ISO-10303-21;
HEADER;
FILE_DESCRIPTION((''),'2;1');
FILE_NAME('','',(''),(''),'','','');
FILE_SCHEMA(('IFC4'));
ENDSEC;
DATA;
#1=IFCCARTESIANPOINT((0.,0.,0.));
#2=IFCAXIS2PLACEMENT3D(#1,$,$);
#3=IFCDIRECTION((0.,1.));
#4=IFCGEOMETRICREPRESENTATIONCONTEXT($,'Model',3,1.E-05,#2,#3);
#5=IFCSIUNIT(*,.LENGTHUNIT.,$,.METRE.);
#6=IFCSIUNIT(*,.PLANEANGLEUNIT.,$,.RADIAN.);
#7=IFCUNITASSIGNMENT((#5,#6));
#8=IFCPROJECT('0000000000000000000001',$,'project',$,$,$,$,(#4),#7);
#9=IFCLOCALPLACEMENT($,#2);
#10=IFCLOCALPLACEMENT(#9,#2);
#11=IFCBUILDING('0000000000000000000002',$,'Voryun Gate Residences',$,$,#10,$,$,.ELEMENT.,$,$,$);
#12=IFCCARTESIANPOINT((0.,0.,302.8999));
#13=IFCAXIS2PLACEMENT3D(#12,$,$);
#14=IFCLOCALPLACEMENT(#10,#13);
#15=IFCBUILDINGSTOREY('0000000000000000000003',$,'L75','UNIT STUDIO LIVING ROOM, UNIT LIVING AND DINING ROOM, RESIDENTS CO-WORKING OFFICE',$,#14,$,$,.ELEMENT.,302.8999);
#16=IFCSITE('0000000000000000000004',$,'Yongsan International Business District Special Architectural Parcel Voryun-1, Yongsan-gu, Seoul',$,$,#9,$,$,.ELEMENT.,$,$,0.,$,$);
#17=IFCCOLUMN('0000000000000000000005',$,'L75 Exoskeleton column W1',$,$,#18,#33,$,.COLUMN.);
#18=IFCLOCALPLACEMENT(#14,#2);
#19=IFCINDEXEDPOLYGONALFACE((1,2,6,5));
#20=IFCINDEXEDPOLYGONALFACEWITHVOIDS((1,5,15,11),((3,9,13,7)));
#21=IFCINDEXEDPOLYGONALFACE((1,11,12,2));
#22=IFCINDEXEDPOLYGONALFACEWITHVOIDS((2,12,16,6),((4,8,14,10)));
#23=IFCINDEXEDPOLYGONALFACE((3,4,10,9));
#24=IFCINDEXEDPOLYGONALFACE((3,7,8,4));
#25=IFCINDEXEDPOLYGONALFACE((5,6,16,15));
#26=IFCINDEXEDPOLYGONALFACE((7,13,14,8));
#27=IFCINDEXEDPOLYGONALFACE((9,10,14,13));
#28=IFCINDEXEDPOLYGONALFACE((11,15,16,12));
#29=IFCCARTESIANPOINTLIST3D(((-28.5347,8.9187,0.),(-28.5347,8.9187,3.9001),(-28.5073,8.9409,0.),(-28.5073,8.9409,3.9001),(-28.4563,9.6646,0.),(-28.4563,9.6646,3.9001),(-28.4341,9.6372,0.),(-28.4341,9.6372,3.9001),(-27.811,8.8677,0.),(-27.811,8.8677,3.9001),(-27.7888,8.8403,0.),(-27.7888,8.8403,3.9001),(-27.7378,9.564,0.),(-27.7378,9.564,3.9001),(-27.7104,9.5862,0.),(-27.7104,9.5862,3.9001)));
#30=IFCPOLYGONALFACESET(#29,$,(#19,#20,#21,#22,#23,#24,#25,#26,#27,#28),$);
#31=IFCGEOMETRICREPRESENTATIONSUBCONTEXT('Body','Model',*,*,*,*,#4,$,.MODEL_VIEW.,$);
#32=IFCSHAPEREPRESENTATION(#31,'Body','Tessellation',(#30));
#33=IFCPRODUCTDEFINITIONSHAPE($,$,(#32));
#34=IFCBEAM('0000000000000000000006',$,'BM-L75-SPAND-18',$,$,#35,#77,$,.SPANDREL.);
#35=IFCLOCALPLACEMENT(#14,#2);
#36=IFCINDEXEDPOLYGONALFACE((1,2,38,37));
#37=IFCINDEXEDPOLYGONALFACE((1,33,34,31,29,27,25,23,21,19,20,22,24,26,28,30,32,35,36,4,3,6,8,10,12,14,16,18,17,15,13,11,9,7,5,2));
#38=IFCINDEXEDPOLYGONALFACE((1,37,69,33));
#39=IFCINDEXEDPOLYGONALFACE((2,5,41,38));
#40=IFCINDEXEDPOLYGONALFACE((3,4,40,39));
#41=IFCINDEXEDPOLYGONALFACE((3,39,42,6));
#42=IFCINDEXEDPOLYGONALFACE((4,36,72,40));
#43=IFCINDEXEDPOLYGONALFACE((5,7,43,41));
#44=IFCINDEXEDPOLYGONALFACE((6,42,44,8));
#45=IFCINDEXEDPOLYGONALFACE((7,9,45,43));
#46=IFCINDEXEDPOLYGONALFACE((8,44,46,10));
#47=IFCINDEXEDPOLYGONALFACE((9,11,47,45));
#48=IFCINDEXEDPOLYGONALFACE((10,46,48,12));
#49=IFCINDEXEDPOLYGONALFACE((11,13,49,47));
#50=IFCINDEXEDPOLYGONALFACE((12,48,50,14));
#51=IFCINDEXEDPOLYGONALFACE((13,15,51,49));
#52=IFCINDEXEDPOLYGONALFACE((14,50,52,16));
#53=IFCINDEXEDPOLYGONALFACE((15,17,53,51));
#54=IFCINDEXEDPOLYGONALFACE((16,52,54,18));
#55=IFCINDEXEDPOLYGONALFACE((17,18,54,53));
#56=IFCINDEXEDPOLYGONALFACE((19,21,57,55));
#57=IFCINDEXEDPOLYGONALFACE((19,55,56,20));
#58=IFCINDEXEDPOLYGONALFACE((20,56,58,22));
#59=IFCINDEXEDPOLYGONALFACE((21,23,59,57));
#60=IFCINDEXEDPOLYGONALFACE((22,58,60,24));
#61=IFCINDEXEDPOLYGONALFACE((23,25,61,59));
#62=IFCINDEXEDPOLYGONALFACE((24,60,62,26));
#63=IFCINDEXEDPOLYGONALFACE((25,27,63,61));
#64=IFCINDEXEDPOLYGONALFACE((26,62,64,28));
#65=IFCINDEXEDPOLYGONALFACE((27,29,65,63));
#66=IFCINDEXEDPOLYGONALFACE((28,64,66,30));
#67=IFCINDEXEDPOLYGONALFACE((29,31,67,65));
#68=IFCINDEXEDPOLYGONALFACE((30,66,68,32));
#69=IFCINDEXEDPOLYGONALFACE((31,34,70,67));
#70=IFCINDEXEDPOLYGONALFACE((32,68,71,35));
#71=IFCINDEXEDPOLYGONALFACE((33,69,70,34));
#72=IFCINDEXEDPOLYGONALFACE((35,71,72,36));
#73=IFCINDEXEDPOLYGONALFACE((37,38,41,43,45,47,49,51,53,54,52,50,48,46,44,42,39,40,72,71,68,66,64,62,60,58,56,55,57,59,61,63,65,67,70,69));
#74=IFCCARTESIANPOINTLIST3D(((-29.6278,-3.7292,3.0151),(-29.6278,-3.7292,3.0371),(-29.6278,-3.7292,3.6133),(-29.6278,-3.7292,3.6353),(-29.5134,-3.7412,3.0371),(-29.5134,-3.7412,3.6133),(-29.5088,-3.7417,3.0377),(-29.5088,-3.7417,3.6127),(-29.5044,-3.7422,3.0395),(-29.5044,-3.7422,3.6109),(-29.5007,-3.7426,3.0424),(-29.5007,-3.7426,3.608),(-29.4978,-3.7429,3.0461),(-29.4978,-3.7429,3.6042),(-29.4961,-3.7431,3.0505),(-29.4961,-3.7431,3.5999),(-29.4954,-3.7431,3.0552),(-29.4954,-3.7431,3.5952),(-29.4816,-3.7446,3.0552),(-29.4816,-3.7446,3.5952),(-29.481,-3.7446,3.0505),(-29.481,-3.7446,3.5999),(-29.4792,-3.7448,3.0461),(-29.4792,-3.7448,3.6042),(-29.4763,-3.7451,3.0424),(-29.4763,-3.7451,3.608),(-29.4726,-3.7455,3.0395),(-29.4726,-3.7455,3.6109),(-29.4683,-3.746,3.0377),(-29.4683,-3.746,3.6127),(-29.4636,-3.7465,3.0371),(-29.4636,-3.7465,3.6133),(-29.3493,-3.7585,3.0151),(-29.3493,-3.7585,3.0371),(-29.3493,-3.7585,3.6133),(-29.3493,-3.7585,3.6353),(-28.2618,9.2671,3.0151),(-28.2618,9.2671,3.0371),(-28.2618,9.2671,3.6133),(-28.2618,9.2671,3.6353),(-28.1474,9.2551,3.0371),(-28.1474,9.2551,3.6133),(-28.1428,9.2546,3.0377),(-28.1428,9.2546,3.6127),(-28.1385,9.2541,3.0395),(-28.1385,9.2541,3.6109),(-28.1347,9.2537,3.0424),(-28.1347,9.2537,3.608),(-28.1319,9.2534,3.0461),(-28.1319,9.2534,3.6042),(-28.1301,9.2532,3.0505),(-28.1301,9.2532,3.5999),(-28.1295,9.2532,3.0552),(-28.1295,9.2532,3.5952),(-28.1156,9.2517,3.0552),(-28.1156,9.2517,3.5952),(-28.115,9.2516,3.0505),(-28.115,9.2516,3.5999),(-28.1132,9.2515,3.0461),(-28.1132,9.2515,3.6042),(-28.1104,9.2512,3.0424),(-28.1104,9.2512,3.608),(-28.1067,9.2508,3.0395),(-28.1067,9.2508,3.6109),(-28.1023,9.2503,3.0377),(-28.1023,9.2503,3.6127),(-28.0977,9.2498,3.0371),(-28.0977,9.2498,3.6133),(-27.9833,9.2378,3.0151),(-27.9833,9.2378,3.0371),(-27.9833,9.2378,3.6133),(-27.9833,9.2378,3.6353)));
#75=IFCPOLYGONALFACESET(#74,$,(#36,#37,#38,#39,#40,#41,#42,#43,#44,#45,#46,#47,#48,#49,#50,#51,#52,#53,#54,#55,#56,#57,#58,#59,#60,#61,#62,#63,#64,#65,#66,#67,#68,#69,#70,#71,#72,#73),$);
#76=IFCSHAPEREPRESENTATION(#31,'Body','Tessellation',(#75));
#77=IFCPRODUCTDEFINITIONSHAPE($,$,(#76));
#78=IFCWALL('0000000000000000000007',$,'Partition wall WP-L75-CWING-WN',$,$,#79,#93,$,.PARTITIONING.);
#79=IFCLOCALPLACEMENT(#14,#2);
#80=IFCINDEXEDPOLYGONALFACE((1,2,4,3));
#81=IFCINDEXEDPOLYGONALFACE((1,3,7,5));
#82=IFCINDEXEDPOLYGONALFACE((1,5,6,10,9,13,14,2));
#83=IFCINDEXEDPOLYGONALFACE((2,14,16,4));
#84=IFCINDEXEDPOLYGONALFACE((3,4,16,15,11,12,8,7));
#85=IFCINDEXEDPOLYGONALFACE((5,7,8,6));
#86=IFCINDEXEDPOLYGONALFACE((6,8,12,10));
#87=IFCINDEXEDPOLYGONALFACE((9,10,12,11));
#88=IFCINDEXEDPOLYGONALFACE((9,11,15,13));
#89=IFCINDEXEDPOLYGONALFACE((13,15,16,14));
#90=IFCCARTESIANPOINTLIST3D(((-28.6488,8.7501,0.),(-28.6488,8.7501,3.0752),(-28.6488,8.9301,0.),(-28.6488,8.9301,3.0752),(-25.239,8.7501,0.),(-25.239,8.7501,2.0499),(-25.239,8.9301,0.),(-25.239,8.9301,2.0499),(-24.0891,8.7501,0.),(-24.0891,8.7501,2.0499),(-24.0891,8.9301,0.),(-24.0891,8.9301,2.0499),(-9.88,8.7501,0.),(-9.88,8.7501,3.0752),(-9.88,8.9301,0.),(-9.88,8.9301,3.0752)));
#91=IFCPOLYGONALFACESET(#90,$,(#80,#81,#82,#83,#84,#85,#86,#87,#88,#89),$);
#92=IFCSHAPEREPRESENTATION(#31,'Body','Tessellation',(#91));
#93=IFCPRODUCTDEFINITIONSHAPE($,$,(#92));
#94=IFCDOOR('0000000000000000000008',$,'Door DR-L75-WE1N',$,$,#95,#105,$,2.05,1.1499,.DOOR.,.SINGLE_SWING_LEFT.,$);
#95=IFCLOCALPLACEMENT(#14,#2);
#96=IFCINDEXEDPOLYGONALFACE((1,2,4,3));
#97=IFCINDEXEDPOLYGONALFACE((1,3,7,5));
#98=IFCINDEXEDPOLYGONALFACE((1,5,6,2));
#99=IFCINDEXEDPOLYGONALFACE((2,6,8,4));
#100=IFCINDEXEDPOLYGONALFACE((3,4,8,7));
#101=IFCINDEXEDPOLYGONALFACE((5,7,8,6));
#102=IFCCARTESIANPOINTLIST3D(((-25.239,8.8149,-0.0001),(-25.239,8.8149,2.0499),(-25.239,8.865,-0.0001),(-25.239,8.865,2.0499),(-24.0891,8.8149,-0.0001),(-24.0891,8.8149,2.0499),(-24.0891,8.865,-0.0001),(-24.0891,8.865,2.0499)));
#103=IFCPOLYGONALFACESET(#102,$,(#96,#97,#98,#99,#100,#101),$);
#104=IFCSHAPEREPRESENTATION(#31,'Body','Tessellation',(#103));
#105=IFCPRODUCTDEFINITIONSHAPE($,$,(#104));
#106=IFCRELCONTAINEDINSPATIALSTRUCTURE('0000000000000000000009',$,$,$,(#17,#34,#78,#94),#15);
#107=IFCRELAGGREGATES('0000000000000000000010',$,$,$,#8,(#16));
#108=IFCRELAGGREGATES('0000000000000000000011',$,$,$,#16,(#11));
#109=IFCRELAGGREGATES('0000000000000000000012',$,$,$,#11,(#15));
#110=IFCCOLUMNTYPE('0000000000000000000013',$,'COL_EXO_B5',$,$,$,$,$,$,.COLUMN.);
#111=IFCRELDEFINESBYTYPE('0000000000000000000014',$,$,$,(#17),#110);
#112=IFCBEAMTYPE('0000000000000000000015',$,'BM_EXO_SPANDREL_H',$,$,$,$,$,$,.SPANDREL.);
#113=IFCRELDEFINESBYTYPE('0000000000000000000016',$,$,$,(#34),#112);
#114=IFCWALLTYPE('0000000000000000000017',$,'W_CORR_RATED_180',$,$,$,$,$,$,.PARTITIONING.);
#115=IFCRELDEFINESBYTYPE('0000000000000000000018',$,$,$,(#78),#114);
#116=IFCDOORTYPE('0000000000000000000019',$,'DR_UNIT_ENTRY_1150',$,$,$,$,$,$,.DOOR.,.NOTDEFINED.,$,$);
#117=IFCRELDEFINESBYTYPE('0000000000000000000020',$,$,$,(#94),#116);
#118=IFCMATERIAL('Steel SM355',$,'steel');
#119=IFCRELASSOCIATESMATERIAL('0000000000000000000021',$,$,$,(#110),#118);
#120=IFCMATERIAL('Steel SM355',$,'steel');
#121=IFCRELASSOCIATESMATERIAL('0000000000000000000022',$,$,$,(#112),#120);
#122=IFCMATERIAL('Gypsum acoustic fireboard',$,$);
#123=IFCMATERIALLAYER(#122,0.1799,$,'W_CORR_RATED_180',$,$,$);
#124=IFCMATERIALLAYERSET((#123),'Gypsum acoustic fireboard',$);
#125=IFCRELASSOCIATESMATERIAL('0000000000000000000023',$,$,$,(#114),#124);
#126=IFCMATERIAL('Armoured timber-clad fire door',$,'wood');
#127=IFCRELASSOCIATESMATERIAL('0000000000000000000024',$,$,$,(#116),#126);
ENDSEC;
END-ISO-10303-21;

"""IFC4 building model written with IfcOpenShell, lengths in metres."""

from ifc_helpers import new_model, si_unit, direction, frame, frame_2d, origin, origin_2d, place, context, subcontext, project, spatial, rectangle, hollow_rectangle, i_section, extrude, material, layer, layer_set, material_profile, profile_set, type_object, element, fill, save


model = new_model("IFC4")

# Units and contexts
model_context = context("Model", 3, precision=1e-05, world=origin(), true_north=direction((0.0, 1.0)))
body_context = subcontext(model_context, "Body", "Model", "MODEL_VIEW")
ifc_project = project(units=[si_unit("LENGTHUNIT", "METRE"), si_unit("PLANEANGLEUNIT", "RADIAN")], contexts=[model_context])

# Site, building, storey
site_placement = place(None, origin())
site = spatial("IfcSite", under=ifc_project, at=site_placement, Name="Yongsan International Business District Special Architectural Parcel Voryun-1, Yongsan-gu, Seoul", CompositionType="ELEMENT", RefElevation=0.0)
building_placement = place(site_placement, origin())
building = spatial("IfcBuilding", under=site, at=building_placement, Name="Voryun Gate Residences", CompositionType="ELEMENT")
storey_placement = place(building_placement, frame((0.0, 0.0, 302.8999)))
storey = spatial("IfcBuildingStorey", under=building, at=storey_placement, Name="L75", Description="UNIT STUDIO LIVING ROOM, UNIT LIVING AND DINING ROOM, RESIDENTS CO-WORKING OFFICE", CompositionType="ELEMENT", Elevation=302.8999)

# Column
ifc_material_1 = material(Name="Steel SM355", Category="steel")
ifc_material_profile_1 = material_profile(ifc_material_1, hollow_rectangle(XDim=0.75, YDim=0.75, WallThickness=0.0249, at=origin_2d()), Name="BOX-750x750x25")
ifc_profile_set_1 = profile_set([ifc_material_profile_1], Name="Steel SM355")
column_type = type_object("IfcColumnType", Name="COL_EXO_B5", PredefinedType="COLUMN", material=ifc_profile_set_1)
column_placement = place(storey_placement, frame((-28.1226, 9.2524, 0.0), z_axis=(0.0, 0.0, 1.0), x_axis=(0.994522, -0.104528, 0.0)))
element("IfcColumn", 1, at=column_placement, inside=storey, type_object=column_type, Name="L75 Exoskeleton column W1", PredefinedType="COLUMN", context=body_context, shape_type="SweptSolid", body=[
    extrude(hollow_rectangle(XDim=0.75, YDim=0.75, WallThickness=0.0249, at=origin_2d()), origin(), (0.0, 0.0, 1.0), 3.9001),
])

# Beam
ifc_material_2 = material(Name="Steel SM355", Category="steel")
ifc_material_profile_2 = material_profile(ifc_material_2, i_section(OverallWidth=0.28, OverallDepth=0.6201, WebThickness=0.0139, FlangeThickness=0.022, FilletRadius=0.0181, at=origin_2d()), Name="H-620x280x14x22")
ifc_profile_set_2 = profile_set([ifc_material_profile_2], Name="Steel SM355")
beam_type = type_object("IfcBeamType", Name="BM_EXO_SPANDREL_H", PredefinedType="SPANDREL", material=ifc_profile_set_2)
beam_placement = place(storey_placement, frame((-28.1226, 9.2524, 3.3252), z_axis=(-0.104528, -0.994522, 0.0), x_axis=(0.994522, -0.104528, 0.0)))
element("IfcBeam", 2, at=beam_placement, inside=storey, type_object=beam_type, Name="BM-L75-SPAND-18", PredefinedType="SPANDREL", context=body_context, shape_type="SweptSolid", body=[
    extrude(i_section(OverallWidth=0.28, OverallDepth=0.6201, WebThickness=0.0139, FlangeThickness=0.022, FilletRadius=0.0181, at=origin_2d()), origin(), (0.0, 0.0, 1.0), 13.0679),
])

# Wall, opening, door
ifc_material_3 = material(Name="Gypsum acoustic fireboard")
ifc_layer_1 = layer(ifc_material_3, 0.1799, Name="W_CORR_RATED_180")
ifc_layer_set_1 = layer_set([ifc_layer_1], Name="Gypsum acoustic fireboard")
wall_type_1 = type_object("IfcWallType", Name="W_CORR_RATED_180", PredefinedType="PARTITIONING", material=ifc_layer_set_1)
wall_1_placement = place(storey_placement, frame((-28.6487, 8.8401, 0.0), z_axis=(0.0, 0.0, 1.0), x_axis=(1.0, 0.0, 0.0)))
wall_1 = element("IfcWall", 3, at=wall_1_placement, inside=storey, type_object=wall_type_1, Name="Partition wall WP-L75-CWING-WN", PredefinedType="PARTITIONING", context=body_context, shape_type="SweptSolid", body=[
    extrude(rectangle(XDim=18.7688, YDim=0.1799, at=frame_2d((9.3843, 0.0))), origin(), (0.0, 0.0, 1.0), 3.0752),
])
opening_1_placement = place(wall_1_placement, frame((3.4097, 0.0, 0.0)))
opening_1 = element("IfcOpeningElement", 4, at=opening_1_placement, cuts=wall_1, PredefinedType="OPENING", context=body_context, shape_type="SweptSolid", body=[
    extrude(rectangle(XDim=1.1499, YDim=2.05, at=frame_2d((0.575, 1.0249))), frame((0.0, 0.0999, 0.0), z_axis=(0.0, -1.0, 0.0), x_axis=(1.0, 0.0, 0.0)), (0.0, 0.0, 1.0), 0.2),
])
ifc_material_4 = material(Name="Armoured timber-clad fire door", Category="wood")
door_type_1 = type_object("IfcDoorType", Name="DR_UNIT_ENTRY_1150", OperationType="NOTDEFINED", PredefinedType="DOOR", material=ifc_material_4)
door_1_placement = place(opening_1_placement, origin())
door_1 = element("IfcDoor", 5, at=door_1_placement, inside=storey, type_object=door_type_1, Name="Door DR-L75-WE1N", OperationType="SINGLE_SWING_LEFT", OverallHeight=2.05, OverallWidth=1.1499, PredefinedType="DOOR", context=body_context, shape_type="SweptSolid", body=[
    extrude(rectangle(XDim=1.1499, YDim=2.05, at=frame_2d((0.575, 1.0249))), frame((0.0, 0.0249, 0.0), z_axis=(0.0, -1.0, 0.0), x_axis=(1.0, 0.0, 0.0)), (0.0, 0.0, 1.0), 0.05),
])
fill(opening_1, door_1)

save(model, "model.ifc")
